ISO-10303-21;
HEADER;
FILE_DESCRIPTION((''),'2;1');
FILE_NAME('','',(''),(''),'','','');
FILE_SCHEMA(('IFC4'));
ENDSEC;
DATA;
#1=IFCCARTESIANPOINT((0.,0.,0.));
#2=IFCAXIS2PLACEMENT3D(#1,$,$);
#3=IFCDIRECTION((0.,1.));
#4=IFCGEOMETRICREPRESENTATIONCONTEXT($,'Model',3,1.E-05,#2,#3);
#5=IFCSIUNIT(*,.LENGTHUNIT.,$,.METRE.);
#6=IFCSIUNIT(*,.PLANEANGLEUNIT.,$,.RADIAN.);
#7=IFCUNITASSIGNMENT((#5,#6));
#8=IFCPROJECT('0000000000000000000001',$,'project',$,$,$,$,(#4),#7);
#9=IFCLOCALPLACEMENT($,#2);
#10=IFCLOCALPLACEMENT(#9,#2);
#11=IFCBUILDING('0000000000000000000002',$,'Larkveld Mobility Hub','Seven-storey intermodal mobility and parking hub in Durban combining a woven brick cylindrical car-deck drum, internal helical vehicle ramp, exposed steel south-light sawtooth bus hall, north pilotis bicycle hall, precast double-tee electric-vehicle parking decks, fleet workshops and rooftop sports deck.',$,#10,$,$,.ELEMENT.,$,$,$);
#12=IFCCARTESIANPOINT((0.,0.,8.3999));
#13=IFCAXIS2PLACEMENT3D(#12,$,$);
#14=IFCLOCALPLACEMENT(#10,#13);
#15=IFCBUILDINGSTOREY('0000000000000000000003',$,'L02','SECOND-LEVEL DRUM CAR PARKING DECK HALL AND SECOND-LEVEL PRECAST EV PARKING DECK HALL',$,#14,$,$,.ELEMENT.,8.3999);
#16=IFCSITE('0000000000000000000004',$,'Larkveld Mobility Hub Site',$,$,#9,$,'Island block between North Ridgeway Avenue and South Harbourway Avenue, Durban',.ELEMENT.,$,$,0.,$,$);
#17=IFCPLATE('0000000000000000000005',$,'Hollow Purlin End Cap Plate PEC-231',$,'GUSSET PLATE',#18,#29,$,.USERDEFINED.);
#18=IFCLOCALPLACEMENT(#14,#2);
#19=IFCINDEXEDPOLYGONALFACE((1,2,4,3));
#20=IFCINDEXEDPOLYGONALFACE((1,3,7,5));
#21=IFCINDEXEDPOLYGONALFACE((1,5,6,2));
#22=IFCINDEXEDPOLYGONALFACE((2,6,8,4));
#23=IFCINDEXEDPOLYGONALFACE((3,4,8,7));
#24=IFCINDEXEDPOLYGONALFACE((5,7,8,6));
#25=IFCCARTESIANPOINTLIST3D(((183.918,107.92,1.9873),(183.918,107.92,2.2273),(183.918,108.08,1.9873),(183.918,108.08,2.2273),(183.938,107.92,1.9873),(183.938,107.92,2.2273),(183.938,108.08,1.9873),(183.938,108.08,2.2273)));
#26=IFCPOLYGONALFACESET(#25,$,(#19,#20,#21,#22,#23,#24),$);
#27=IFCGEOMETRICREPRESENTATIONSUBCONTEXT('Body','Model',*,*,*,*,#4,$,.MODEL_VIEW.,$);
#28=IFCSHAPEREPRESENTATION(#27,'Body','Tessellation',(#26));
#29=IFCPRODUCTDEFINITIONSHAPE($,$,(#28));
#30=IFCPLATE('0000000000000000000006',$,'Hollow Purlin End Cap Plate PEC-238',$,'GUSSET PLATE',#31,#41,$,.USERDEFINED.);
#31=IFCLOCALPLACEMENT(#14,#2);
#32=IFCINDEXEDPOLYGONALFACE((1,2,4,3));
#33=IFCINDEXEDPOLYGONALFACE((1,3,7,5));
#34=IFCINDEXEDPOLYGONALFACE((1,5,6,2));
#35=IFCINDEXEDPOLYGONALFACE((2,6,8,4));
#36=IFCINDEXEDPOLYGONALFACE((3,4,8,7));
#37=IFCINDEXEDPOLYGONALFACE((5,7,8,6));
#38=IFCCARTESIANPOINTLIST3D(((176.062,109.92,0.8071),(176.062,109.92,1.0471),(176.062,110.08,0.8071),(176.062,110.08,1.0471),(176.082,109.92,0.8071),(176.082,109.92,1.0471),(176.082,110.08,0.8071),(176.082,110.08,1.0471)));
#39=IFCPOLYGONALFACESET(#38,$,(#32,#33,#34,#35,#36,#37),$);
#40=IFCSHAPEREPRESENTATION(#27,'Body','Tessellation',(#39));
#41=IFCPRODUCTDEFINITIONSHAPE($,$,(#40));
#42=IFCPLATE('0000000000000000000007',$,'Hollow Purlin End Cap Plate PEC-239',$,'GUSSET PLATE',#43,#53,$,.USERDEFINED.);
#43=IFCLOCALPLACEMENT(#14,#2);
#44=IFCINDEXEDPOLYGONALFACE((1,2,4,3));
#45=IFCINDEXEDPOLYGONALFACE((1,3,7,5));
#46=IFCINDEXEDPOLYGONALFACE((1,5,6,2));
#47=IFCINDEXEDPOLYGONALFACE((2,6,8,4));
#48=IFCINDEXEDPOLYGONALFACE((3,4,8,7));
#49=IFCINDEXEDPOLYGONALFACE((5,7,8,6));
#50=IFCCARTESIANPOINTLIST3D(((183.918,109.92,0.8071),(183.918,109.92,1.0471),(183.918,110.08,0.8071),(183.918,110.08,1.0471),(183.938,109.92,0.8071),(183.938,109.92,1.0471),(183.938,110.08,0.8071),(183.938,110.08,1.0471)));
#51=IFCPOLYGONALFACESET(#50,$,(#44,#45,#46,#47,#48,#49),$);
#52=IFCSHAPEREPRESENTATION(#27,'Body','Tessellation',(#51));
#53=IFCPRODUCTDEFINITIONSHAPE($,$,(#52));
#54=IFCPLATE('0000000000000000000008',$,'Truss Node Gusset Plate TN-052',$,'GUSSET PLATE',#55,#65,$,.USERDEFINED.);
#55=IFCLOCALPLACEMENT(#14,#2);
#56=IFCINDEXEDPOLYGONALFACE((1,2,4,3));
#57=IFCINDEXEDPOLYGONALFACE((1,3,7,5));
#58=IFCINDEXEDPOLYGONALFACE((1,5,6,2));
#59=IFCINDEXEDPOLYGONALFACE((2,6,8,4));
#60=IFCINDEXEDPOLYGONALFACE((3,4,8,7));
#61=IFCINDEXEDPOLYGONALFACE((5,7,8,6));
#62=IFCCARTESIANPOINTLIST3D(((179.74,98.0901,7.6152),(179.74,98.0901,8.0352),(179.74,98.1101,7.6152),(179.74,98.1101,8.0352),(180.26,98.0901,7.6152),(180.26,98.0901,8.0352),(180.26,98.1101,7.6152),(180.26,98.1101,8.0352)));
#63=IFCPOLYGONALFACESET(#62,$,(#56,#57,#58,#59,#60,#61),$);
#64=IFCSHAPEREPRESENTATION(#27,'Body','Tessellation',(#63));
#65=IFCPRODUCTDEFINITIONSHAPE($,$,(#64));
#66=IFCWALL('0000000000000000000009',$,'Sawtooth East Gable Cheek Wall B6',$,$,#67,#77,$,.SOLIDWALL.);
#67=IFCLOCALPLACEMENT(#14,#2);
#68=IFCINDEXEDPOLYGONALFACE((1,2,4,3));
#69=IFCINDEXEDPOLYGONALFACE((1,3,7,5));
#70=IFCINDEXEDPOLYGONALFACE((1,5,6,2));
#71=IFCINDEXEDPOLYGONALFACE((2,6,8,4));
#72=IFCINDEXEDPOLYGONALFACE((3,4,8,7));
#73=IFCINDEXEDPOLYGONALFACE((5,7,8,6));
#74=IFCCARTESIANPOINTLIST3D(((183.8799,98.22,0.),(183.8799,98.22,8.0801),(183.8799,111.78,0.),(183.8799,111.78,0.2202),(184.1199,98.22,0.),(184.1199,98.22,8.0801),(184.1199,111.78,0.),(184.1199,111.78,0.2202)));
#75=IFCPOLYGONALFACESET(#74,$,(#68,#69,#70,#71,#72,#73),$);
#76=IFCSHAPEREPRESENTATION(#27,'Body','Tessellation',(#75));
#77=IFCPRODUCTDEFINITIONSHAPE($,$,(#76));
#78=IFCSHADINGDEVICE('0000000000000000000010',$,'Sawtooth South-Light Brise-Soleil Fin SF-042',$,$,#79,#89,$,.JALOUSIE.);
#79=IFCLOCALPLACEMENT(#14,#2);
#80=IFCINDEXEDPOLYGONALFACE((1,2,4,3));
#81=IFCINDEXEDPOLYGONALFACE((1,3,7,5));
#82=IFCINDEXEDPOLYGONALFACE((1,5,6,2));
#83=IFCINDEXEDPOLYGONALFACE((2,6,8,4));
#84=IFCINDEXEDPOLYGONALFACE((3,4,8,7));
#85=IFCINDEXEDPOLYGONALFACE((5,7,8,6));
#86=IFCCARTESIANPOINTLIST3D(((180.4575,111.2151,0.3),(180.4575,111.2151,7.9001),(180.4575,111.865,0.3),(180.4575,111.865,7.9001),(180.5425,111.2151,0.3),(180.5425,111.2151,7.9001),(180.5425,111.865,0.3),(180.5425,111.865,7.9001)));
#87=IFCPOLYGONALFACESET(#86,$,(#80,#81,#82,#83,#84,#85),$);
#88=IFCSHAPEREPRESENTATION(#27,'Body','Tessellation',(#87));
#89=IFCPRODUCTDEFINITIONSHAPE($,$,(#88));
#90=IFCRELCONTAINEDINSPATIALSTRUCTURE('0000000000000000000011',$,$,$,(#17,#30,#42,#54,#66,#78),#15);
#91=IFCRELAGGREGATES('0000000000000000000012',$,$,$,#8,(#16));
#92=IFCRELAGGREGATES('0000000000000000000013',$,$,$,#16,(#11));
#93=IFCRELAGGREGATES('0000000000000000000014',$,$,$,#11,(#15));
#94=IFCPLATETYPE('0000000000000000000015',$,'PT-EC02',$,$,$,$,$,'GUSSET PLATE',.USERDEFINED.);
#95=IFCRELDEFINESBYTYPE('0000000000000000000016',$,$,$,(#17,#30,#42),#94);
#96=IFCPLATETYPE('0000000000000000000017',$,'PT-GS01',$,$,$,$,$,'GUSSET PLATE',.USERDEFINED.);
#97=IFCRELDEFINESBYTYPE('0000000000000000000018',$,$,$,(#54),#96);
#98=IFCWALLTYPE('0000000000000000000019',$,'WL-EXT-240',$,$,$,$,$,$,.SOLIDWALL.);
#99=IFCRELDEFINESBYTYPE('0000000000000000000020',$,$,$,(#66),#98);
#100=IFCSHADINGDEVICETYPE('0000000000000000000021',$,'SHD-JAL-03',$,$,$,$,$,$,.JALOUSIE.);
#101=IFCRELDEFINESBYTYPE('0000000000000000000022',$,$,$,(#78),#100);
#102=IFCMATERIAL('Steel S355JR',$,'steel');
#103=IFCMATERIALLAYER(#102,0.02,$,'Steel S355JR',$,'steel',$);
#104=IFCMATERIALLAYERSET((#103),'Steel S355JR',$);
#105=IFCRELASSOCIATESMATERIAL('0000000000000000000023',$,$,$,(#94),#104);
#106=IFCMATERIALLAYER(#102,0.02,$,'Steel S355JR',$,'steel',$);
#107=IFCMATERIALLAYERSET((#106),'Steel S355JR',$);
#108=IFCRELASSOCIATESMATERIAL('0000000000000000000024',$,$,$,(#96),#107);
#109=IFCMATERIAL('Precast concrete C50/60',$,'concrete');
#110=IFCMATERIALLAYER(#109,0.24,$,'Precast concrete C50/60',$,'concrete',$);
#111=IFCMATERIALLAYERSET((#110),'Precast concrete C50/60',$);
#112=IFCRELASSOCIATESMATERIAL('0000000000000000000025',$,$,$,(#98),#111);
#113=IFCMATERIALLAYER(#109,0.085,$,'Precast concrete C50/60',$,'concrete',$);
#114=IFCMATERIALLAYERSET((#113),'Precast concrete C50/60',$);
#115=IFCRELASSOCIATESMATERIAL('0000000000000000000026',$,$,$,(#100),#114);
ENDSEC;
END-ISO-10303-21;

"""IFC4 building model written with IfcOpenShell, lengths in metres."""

from ifc_helpers import new_model, si_unit, direction, frame, origin, origin_2d, place, context, subcontext, project, spatial, polyline, rectangle, outline, extrude, material, layer, layer_set, type_object, element, save


model = new_model("IFC4")

# Units and contexts
model_context = context("Model", 3, precision=1e-05, world=origin(), true_north=direction((0.0, 1.0)))
body_context = subcontext(model_context, "Body", "Model", "MODEL_VIEW")
ifc_project = project(units=[si_unit("LENGTHUNIT", "METRE"), si_unit("PLANEANGLEUNIT", "RADIAN")], contexts=[model_context])

# Site, building, storey
site_placement = place(None, origin())
site = spatial("IfcSite", under=ifc_project, at=site_placement, Name="Larkveld Mobility Hub Site", LongName="Island block between North Ridgeway Avenue and South Harbourway Avenue, Durban", CompositionType="ELEMENT", RefElevation=0.0)
building_placement = place(site_placement, origin())
building = spatial("IfcBuilding", under=site, at=building_placement, Name="Larkveld Mobility Hub", Description="Seven-storey intermodal mobility and parking hub in Durban combining a woven brick cylindrical car-deck drum, internal helical vehicle ramp, exposed steel south-light sawtooth bus hall, north pilotis bicycle hall, precast double-tee electric-vehicle parking decks, fleet workshops and rooftop sports deck.", CompositionType="ELEMENT")
storey_placement = place(building_placement, frame((0.0, 0.0, 8.3999)))
storey = spatial("IfcBuildingStorey", under=building, at=storey_placement, Name="L02", Description="SECOND-LEVEL DRUM CAR PARKING DECK HALL AND SECOND-LEVEL PRECAST EV PARKING DECK HALL", CompositionType="ELEMENT", Elevation=8.3999)

# Shared definitions
ifc_material_1 = material(Name="Steel S355JR", Category="steel")

# Plates
ifc_layer_1 = layer(ifc_material_1, 0.02, Name="Steel S355JR", Category="steel")
ifc_layer_set_1 = layer_set([ifc_layer_1], Name="Steel S355JR")
plate_type_1 = type_object("IfcPlateType", Name="PT-EC02", ElementType="GUSSET PLATE", PredefinedType="USERDEFINED", material=ifc_layer_set_1)
for number, where, z_axis, x_axis, name in (
    (1, (183.928, 108.0, 1.9873), (0.0, 0.0, 1.0), (1.0, 0.0, 0.0), "Hollow Purlin End Cap Plate PEC-231"),
    (2, (176.072, 110.0, 0.8071), (0.0, 0.0, 1.0), (1.0, 0.0, 0.0), "Hollow Purlin End Cap Plate PEC-238"),
    (3, (183.928, 110.0, 0.8071), (0.0, 0.0, 1.0), (1.0, 0.0, 0.0), "Hollow Purlin End Cap Plate PEC-239"),
):
    element("IfcPlate", number, at=place(storey_placement, frame(where, z_axis=z_axis, x_axis=x_axis)), inside=storey, type_object=plate_type_1, Name=name, ObjectType="GUSSET PLATE", PredefinedType="USERDEFINED", context=body_context, shape_type="SweptSolid", body=[
        extrude(rectangle(XDim=0.02, YDim=0.1599, at=origin_2d()), origin(), (0.0, 0.0, 1.0), 0.24),
    ])
ifc_layer_2 = layer(ifc_material_1, 0.02, Name="Steel S355JR", Category="steel")
ifc_layer_set_2 = layer_set([ifc_layer_2], Name="Steel S355JR")
plate_type_2 = type_object("IfcPlateType", Name="PT-GS01", ElementType="GUSSET PLATE", PredefinedType="USERDEFINED", material=ifc_layer_set_2)
plate_1_placement = place(storey_placement, frame((180.0, 98.1001, 7.6152), z_axis=(0.0, 0.0, 1.0), x_axis=(1.0, 0.0, 0.0)))
element("IfcPlate", 4, at=plate_1_placement, inside=storey, type_object=plate_type_2, Name="Truss Node Gusset Plate TN-052", ObjectType="GUSSET PLATE", PredefinedType="USERDEFINED", context=body_context, shape_type="SweptSolid", body=[
    extrude(rectangle(XDim=0.52, YDim=0.02, at=origin_2d()), origin(), (0.0, 0.0, 1.0), 0.4199),
])

# Wall
ifc_material_2 = material(Name="Precast concrete C50/60", Category="concrete")
ifc_layer_3 = layer(ifc_material_2, 0.24, Name="Precast concrete C50/60", Category="concrete")
ifc_layer_set_3 = layer_set([ifc_layer_3], Name="Precast concrete C50/60")
wall_type = type_object("IfcWallType", Name="WL-EXT-240", PredefinedType="SOLIDWALL", material=ifc_layer_set_3)
wall_placement = place(storey_placement, frame((184.0, 98.22, 0.0), z_axis=(0.0, 0.0, 1.0), x_axis=(0.0, 1.0, 0.0)))
element("IfcWall", 5, at=wall_placement, inside=storey, type_object=wall_type, Name="Sawtooth East Gable Cheek Wall B6", PredefinedType="SOLIDWALL", context=body_context, shape_type="SweptSolid", body=[
    extrude(outline(polyline([(0.0, 0.0), (13.5601, 0.0), (13.5601, 0.2202), (0.0, 8.0801), (0.0, 0.0)])), frame((0.0, 0.1201, 0.0), z_axis=(0.0, -1.0, 0.0), x_axis=(1.0, 0.0, 0.0)), (0.0, 0.0, 1.0), 0.24),
])

# Shading device
ifc_layer_4 = layer(ifc_material_2, 0.085, Name="Precast concrete C50/60", Category="concrete")
ifc_layer_set_4 = layer_set([ifc_layer_4], Name="Precast concrete C50/60")
shading_device_type = type_object("IfcShadingDeviceType", Name="SHD-JAL-03", PredefinedType="JALOUSIE", material=ifc_layer_set_4)
shading_device_placement = place(storey_placement, frame((180.5, 111.54, 0.3), z_axis=(0.0, 0.0, 1.0), x_axis=(1.0, 0.0, 0.0)))
element("IfcShadingDevice", 6, at=shading_device_placement, inside=storey, type_object=shading_device_type, Name="Sawtooth South-Light Brise-Soleil Fin SF-042", PredefinedType="JALOUSIE", context=body_context, shape_type="SweptSolid", body=[
    extrude(rectangle(XDim=0.085, YDim=0.6499, at=origin_2d()), origin(), (0.0, 0.0, 1.0), 7.6001),
])

save(model, "model.ifc")
